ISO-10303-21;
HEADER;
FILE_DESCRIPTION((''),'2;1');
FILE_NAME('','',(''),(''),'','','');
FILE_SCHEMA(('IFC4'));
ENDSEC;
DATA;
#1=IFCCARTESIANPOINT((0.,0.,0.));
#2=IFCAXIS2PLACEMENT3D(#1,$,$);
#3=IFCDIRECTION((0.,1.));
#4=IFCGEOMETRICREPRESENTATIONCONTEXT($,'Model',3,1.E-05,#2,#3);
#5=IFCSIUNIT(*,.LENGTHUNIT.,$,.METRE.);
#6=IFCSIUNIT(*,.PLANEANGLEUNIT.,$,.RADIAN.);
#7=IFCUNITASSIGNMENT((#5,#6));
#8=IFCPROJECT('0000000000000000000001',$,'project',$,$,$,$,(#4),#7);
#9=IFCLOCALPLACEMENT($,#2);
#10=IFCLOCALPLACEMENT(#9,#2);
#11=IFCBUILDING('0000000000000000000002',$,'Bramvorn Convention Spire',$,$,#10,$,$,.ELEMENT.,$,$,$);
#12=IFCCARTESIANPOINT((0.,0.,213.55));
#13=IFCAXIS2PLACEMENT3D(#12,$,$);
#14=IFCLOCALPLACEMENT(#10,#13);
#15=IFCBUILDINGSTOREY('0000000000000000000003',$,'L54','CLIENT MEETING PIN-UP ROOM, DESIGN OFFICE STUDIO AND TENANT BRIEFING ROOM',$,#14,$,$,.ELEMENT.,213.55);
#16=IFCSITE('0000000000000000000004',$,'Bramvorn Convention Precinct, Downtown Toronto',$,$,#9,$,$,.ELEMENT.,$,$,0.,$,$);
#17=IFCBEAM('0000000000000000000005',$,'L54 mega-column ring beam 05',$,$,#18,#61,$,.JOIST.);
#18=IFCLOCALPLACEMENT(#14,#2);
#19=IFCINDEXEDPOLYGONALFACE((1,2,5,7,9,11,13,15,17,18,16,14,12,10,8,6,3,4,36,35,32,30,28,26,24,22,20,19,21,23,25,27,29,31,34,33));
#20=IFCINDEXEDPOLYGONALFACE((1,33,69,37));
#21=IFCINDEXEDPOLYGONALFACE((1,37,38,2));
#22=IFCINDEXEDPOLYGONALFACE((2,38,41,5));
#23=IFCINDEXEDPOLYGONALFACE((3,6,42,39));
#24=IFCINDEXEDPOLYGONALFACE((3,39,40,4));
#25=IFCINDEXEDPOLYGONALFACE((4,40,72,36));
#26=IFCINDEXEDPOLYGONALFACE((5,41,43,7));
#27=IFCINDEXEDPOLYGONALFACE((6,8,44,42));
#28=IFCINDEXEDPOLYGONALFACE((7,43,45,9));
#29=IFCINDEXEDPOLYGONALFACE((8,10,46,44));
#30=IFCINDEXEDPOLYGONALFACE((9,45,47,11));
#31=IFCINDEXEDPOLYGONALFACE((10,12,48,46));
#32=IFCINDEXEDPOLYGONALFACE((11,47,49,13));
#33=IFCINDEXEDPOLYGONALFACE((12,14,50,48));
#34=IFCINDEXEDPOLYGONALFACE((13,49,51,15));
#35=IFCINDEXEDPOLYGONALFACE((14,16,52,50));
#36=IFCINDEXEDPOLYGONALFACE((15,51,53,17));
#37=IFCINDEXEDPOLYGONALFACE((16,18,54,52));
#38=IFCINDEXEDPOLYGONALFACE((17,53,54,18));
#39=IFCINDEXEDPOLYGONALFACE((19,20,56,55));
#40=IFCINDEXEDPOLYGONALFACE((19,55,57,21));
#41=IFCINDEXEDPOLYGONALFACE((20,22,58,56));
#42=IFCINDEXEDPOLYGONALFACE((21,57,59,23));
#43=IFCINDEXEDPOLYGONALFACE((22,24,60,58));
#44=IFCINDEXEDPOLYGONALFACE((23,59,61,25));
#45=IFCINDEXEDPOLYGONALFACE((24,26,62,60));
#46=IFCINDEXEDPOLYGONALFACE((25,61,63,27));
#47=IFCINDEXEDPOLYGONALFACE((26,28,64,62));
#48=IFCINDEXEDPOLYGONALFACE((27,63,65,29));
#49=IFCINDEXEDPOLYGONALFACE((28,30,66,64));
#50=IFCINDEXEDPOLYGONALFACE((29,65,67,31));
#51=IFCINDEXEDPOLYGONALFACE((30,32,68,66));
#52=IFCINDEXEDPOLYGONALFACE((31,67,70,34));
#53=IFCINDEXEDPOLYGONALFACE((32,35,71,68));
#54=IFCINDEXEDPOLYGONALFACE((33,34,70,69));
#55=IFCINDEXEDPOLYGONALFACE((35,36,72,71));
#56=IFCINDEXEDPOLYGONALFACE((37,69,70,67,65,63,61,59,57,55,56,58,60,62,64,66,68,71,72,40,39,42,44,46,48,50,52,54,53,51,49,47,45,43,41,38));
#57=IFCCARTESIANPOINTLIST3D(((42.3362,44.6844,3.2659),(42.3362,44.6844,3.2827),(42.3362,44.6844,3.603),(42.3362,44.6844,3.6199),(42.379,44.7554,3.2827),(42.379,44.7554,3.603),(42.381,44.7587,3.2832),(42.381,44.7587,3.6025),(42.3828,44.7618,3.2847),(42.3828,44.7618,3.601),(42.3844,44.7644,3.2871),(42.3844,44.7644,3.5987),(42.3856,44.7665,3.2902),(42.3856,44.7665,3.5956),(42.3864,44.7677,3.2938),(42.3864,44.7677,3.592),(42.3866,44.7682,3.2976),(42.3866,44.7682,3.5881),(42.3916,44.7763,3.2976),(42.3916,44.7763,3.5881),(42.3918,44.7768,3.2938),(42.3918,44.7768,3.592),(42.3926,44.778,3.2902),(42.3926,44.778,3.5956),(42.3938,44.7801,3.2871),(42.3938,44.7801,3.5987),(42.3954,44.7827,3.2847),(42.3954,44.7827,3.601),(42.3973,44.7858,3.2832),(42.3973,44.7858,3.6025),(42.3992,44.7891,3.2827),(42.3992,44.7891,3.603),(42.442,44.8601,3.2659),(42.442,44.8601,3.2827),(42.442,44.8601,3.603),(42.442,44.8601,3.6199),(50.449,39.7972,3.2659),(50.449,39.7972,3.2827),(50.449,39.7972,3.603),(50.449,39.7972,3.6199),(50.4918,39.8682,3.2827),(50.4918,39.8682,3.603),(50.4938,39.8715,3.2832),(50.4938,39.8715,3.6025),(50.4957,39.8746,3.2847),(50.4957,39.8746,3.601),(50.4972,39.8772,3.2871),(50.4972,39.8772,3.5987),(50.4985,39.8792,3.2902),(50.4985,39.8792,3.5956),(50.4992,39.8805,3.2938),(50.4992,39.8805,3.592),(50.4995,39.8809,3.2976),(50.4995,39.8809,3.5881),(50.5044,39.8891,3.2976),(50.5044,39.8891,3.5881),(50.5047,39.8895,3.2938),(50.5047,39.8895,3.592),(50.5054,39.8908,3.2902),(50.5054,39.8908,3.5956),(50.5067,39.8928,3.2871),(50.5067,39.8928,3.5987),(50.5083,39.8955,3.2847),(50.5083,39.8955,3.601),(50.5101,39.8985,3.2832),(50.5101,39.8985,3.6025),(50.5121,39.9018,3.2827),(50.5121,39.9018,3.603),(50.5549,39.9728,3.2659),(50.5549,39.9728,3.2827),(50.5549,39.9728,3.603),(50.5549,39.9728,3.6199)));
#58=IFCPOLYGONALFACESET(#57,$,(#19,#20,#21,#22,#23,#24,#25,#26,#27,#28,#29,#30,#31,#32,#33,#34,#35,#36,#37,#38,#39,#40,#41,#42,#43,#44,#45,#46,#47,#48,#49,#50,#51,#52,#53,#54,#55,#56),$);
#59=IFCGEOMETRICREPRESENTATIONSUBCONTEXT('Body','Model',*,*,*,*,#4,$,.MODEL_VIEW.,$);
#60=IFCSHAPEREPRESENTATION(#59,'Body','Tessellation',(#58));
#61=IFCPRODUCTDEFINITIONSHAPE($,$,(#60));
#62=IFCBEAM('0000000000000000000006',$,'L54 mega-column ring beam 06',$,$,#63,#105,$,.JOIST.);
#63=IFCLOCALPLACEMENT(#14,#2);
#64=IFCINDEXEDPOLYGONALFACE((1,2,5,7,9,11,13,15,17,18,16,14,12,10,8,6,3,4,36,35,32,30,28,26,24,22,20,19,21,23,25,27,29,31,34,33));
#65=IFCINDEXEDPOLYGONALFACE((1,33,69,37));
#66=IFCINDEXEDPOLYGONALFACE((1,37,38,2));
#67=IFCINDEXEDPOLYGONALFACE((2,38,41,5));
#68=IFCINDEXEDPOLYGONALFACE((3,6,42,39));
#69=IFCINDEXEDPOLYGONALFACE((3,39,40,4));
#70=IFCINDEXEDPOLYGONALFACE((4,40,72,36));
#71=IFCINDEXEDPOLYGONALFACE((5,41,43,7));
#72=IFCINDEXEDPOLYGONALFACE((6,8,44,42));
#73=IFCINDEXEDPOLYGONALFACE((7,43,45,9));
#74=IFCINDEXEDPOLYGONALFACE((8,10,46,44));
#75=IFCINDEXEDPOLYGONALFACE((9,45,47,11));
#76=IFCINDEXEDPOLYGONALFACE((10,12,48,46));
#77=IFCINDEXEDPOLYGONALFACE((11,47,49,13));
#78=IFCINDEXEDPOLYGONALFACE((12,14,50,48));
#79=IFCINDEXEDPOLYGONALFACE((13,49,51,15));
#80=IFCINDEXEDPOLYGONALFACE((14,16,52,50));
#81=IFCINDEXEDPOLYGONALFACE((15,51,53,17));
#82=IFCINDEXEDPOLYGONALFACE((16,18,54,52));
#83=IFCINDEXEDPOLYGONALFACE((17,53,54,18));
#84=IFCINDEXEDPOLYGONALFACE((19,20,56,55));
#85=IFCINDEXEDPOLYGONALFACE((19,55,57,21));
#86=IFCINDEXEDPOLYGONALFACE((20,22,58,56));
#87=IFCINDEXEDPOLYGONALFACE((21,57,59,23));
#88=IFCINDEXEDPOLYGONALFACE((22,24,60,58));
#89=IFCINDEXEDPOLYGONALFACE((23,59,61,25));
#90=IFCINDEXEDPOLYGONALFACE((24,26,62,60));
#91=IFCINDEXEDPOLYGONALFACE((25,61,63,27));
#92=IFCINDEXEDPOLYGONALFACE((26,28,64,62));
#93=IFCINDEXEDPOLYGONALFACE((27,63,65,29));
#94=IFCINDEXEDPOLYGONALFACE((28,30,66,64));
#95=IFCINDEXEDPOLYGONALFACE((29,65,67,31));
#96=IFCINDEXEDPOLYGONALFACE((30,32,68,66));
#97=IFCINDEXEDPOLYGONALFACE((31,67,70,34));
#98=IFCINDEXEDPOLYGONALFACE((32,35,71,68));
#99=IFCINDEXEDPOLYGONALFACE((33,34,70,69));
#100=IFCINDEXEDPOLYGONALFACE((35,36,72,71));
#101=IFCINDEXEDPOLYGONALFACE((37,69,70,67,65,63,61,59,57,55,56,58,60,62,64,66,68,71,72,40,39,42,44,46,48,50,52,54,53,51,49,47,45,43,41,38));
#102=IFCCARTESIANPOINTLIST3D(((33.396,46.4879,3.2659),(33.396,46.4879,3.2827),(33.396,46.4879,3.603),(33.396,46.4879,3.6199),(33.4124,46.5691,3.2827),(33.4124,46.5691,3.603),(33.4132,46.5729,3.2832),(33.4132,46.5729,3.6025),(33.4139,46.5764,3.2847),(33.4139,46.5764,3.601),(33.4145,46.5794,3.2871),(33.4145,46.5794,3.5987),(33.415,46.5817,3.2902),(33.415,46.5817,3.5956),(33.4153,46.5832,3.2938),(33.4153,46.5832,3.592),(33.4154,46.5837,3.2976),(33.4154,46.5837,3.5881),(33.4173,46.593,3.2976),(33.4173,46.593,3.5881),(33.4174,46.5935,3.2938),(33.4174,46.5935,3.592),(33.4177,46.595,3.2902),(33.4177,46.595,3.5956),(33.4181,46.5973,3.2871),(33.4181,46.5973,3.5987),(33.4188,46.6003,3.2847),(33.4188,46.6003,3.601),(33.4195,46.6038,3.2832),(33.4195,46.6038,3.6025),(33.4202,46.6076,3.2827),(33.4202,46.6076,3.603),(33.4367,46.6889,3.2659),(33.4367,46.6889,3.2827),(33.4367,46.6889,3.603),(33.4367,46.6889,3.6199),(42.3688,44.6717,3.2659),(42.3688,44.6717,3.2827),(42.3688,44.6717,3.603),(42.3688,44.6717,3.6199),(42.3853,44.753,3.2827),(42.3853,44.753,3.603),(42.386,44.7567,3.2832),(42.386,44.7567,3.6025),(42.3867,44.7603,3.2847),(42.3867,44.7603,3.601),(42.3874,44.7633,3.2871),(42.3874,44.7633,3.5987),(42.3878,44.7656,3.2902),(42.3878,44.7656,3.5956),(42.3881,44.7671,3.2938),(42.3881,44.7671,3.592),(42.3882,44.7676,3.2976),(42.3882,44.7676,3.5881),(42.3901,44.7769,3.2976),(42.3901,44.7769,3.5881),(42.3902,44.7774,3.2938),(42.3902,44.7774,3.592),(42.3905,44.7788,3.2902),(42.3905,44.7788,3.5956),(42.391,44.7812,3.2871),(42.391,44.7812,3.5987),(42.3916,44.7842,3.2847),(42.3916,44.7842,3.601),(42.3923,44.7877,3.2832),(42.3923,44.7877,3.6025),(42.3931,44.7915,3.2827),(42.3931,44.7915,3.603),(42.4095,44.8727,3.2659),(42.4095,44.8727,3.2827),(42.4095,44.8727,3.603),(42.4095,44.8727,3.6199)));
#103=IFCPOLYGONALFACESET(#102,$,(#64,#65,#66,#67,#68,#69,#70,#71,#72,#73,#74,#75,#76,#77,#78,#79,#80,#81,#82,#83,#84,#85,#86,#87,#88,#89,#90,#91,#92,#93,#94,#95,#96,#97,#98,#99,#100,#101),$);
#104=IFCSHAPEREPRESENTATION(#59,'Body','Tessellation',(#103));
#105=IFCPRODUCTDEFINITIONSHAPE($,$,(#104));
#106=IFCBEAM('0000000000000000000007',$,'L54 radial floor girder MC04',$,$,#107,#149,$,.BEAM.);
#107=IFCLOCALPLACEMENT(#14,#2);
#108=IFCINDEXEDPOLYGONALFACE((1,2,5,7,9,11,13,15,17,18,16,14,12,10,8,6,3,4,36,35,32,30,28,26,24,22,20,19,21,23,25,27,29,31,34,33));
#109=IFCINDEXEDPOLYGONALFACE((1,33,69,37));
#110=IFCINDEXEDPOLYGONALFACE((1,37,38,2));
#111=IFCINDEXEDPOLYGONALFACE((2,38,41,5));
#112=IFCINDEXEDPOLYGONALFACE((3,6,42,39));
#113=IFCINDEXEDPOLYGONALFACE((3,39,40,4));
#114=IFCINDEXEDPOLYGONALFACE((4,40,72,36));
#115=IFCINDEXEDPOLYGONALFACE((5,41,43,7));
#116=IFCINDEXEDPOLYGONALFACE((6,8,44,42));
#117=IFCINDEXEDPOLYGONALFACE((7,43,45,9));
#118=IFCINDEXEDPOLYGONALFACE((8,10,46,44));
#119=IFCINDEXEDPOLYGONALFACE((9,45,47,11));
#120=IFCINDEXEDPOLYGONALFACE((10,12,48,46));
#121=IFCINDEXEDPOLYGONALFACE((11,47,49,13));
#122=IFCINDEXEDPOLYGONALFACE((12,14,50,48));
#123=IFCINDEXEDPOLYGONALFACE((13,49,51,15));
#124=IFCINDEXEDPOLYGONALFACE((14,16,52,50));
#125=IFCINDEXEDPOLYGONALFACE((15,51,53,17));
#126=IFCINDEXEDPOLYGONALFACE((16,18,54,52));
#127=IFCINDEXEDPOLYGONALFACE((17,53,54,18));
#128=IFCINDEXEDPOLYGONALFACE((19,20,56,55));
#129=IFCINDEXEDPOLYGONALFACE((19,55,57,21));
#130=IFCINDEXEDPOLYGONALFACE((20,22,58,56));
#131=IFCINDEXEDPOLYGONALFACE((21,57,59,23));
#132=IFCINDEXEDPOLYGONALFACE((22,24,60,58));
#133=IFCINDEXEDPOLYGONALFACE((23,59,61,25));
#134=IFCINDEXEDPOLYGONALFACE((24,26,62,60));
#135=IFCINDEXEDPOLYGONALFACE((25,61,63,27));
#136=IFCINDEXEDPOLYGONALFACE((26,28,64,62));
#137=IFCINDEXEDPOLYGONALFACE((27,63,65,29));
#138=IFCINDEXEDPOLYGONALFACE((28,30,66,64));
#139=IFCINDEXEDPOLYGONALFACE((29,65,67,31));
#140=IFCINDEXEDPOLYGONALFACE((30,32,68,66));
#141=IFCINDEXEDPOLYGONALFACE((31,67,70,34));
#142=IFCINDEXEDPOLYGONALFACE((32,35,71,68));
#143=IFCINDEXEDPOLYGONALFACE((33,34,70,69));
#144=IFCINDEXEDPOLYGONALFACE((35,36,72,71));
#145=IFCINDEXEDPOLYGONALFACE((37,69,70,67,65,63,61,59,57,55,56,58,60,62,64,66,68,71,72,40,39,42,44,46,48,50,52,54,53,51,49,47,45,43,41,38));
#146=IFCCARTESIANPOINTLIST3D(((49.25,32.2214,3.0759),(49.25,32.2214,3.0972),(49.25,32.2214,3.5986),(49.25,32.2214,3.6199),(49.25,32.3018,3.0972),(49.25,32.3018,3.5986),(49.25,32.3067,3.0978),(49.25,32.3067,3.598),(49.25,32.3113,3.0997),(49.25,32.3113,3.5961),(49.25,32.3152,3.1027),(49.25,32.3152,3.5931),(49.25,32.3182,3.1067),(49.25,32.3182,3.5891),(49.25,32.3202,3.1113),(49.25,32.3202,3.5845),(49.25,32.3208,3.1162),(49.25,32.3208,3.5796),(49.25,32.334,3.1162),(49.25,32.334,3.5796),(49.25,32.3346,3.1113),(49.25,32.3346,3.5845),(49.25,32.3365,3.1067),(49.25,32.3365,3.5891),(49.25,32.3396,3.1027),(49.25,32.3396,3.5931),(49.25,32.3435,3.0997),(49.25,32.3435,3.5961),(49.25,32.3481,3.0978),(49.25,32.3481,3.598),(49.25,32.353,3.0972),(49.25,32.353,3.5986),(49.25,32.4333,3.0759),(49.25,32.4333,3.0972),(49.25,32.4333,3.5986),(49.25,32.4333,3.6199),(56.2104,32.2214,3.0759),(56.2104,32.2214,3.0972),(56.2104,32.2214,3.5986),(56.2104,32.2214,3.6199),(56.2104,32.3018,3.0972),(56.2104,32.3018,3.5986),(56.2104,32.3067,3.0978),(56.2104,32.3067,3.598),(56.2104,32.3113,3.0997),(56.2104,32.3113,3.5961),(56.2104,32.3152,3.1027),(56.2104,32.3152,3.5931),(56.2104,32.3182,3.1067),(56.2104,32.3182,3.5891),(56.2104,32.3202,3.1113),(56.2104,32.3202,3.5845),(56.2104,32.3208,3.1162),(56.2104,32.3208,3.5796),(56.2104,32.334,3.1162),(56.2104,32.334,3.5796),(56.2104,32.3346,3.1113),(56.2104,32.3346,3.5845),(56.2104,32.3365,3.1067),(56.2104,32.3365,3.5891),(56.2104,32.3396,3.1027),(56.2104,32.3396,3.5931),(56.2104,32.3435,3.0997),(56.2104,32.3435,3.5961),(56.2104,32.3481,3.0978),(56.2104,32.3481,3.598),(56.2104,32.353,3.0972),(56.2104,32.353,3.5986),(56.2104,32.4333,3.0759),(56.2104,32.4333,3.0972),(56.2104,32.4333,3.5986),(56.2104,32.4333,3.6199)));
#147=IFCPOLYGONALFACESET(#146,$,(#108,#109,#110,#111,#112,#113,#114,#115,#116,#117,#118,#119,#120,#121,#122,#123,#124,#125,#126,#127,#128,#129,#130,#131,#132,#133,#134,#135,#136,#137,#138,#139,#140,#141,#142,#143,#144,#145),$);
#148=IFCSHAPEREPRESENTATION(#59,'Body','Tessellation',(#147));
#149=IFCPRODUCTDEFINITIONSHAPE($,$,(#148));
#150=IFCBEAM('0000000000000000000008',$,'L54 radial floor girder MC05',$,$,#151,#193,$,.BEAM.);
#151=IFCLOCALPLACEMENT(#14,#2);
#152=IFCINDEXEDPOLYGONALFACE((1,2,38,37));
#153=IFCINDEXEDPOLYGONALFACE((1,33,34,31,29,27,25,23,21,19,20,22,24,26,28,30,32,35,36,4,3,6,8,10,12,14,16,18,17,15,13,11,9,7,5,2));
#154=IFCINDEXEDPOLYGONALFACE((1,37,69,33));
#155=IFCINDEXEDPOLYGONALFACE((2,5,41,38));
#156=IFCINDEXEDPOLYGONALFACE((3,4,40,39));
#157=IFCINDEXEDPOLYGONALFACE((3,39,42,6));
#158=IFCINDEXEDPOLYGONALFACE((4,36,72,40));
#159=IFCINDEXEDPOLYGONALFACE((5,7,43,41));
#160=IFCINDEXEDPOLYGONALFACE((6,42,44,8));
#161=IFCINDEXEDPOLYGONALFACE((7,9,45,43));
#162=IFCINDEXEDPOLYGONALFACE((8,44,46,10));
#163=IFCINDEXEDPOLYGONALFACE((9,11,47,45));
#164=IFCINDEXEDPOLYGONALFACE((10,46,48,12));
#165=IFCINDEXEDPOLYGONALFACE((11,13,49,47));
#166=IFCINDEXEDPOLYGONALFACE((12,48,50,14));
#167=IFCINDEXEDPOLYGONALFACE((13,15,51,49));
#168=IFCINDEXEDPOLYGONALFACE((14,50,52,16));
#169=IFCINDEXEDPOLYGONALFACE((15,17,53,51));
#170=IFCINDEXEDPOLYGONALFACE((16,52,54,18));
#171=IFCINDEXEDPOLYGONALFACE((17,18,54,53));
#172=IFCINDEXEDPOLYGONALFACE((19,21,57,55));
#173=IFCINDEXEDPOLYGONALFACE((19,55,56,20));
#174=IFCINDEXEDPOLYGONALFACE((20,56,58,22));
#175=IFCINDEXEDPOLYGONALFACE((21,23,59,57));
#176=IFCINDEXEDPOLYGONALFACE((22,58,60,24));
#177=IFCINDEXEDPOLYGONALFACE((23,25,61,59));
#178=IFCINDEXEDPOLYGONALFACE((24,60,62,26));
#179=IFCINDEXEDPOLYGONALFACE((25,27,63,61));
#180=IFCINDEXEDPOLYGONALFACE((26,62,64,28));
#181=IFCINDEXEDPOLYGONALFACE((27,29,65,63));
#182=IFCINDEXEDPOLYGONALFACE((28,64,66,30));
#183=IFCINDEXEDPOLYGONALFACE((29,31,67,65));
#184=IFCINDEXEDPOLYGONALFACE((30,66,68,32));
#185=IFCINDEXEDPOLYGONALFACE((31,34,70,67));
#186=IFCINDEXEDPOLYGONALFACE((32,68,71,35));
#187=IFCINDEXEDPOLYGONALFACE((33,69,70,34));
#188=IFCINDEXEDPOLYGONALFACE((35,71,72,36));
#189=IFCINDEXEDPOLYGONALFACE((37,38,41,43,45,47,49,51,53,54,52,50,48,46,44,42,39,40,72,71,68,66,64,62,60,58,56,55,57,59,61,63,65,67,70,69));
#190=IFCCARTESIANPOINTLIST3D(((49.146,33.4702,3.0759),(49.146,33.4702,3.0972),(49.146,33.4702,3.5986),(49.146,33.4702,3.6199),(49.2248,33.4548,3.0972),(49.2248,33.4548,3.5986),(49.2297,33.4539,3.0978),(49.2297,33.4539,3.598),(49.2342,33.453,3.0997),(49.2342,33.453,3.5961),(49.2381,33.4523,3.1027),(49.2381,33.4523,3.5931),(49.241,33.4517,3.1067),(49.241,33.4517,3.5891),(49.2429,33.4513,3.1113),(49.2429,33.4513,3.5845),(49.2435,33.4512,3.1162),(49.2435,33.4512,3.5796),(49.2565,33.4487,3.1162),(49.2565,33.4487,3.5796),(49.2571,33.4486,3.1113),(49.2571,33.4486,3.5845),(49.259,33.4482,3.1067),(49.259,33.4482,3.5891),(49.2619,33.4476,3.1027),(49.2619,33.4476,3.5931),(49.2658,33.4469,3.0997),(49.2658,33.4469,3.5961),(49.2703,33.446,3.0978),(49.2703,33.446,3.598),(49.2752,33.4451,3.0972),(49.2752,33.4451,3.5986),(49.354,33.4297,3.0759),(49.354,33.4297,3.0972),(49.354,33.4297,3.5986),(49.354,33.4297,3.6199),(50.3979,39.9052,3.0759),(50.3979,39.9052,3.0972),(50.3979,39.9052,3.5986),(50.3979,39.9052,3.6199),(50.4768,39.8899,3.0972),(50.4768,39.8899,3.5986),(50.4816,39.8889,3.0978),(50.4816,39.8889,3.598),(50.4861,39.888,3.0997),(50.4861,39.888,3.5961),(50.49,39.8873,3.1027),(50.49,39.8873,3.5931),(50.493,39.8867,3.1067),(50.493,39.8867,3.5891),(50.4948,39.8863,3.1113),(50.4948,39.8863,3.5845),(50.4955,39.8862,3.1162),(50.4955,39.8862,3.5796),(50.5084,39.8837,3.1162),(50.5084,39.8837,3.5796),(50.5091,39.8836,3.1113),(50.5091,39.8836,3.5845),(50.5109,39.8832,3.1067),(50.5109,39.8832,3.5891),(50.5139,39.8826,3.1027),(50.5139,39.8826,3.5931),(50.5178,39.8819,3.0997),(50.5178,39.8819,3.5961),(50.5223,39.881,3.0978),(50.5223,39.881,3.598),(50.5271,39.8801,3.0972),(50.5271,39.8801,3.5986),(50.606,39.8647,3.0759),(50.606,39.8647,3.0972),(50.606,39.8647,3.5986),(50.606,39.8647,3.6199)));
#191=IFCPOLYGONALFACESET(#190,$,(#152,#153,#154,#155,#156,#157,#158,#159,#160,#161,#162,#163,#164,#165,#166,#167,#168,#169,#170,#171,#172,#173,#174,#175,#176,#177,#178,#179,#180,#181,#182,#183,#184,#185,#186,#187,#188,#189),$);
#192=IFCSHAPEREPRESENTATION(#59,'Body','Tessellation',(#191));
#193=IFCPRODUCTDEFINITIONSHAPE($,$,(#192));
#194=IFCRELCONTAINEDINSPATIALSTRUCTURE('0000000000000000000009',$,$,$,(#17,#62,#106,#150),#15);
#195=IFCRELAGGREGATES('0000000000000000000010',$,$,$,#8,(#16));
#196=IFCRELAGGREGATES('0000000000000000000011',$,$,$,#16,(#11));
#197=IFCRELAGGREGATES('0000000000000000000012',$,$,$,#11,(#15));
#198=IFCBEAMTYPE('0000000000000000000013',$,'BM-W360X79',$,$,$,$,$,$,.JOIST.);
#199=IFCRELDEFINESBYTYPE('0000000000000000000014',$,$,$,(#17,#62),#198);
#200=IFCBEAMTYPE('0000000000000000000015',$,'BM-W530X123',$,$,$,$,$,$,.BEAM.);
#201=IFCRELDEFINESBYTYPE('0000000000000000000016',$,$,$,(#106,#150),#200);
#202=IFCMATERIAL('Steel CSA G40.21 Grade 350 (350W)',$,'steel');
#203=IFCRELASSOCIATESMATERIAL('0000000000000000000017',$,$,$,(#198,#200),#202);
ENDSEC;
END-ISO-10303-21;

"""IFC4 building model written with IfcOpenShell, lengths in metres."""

from ifc_helpers import new_model, si_unit, direction, frame, origin, origin_2d, place, context, subcontext, project, spatial, i_section, extrude, material, material_profile, profile_set, type_object, element, save


model = new_model("IFC4")

# Units and contexts
model_context = context("Model", 3, precision=1e-05, world=origin(), true_north=direction((0.0, 1.0)))
body_context = subcontext(model_context, "Body", "Model", "MODEL_VIEW")
ifc_project = project(units=[si_unit("LENGTHUNIT", "METRE"), si_unit("PLANEANGLEUNIT", "RADIAN")], contexts=[model_context])

# Site, building, storey
site_placement = place(None, origin())
site = spatial("IfcSite", under=ifc_project, at=site_placement, Name="Bramvorn Convention Precinct, Downtown Toronto", CompositionType="ELEMENT", RefElevation=0.0)
building_placement = place(site_placement, origin())
building = spatial("IfcBuilding", under=site, at=building_placement, Name="Bramvorn Convention Spire", CompositionType="ELEMENT")
storey_placement = place(building_placement, frame((0.0, 0.0, 213.55)))
storey = spatial("IfcBuildingStorey", under=building, at=storey_placement, Name="L54", Description="CLIENT MEETING PIN-UP ROOM, DESIGN OFFICE STUDIO AND TENANT BRIEFING ROOM", CompositionType="ELEMENT", Elevation=213.55)

# Shared definitions
ifc_material_1 = material(Name="Steel CSA G40.21 Grade 350 (350W)", Category="steel")

# Beams
ifc_material_profile_1 = material_profile(ifc_material_1, i_section(OverallWidth=0.2051, OverallDepth=0.354, WebThickness=0.0095, FlangeThickness=0.0168, FilletRadius=0.0149, at=origin_2d()))
ifc_profile_set_1 = profile_set([ifc_material_profile_1], Name="Steel CSA G40.21 Grade 350 (350W) - W360X79")
beam_type_1 = type_object("IfcBeamType", Name="BM-W360X79", PredefinedType="JOIST", material=ifc_profile_set_1)
for number, where, z_axis, x_axis, name in (
    (1, (50.502, 39.885, 3.4429), (-0.856582, 0.516011, 0.0), (-0.516011, -0.856582, 0.0), "L54 mega-column ring beam 05"),
):
    element("IfcBeam", number, at=place(storey_placement, frame(where, z_axis=z_axis, x_axis=x_axis)), inside=storey, type_object=beam_type_1, Name=name, PredefinedType="JOIST", context=body_context, shape_type="SweptSolid", body=[
        extrude(i_section(OverallWidth=0.2051, OverallDepth=0.354, WebThickness=0.0095, FlangeThickness=0.0168, FilletRadius=0.0149, at=origin_2d()), origin(), (0.0, 0.0, 1.0), 9.4712),
    ])
beam_1_placement = place(storey_placement, frame((42.3892, 44.7722, 3.4429), z_axis=(-0.980125, 0.198382, 0.0), x_axis=(-0.198382, -0.980125, 0.0)))
element("IfcBeam", 2, at=beam_1_placement, inside=storey, type_object=beam_type_1, Name="L54 mega-column ring beam 06", PredefinedType="JOIST", context=body_context, shape_type="SweptSolid", body=[
    extrude(i_section(OverallWidth=0.2051, OverallDepth=0.354, WebThickness=0.0095, FlangeThickness=0.0168, FilletRadius=0.0149, at=origin_2d()), origin(), (0.0, 0.0, 1.0), 9.1548),
])
ifc_material_profile_2 = material_profile(ifc_material_1, i_section(OverallWidth=0.2119, OverallDepth=0.5439, WebThickness=0.0132, FlangeThickness=0.0212, FilletRadius=0.019, at=origin_2d()))
ifc_profile_set_2 = profile_set([ifc_material_profile_2], Name="Steel CSA G40.21 Grade 350 (350W) - W530X123")
beam_type_2 = type_object("IfcBeamType", Name="BM-W530X123", PredefinedType="BEAM", material=ifc_profile_set_2)
beam_2_placement = place(storey_placement, frame((49.25, 32.3274, 3.3479), z_axis=(1.0, 0.0, 0.0), x_axis=(0.0, 1.0, 0.0)))
element("IfcBeam", 3, at=beam_2_placement, inside=storey, type_object=beam_type_2, Name="L54 radial floor girder MC04", PredefinedType="BEAM", context=body_context, shape_type="SweptSolid", body=[
    extrude(i_section(OverallWidth=0.2119, OverallDepth=0.5439, WebThickness=0.0132, FlangeThickness=0.0212, FilletRadius=0.019, at=origin_2d()), origin(), (0.0, 0.0, 1.0), 6.9604),
])
beam_3_placement = place(storey_placement, frame((49.25, 33.45, 3.3479), z_axis=(0.190971, 0.981596, 0.0), x_axis=(-0.981596, 0.190971, 0.0)))
element("IfcBeam", 4, at=beam_3_placement, inside=storey, type_object=beam_type_2, Name="L54 radial floor girder MC05", PredefinedType="BEAM", context=body_context, shape_type="SweptSolid", body=[
    extrude(i_section(OverallWidth=0.2119, OverallDepth=0.5439, WebThickness=0.0132, FlangeThickness=0.0212, FilletRadius=0.019, at=origin_2d()), origin(), (0.0, 0.0, 1.0), 6.5557),
])

save(model, "model.ifc")
